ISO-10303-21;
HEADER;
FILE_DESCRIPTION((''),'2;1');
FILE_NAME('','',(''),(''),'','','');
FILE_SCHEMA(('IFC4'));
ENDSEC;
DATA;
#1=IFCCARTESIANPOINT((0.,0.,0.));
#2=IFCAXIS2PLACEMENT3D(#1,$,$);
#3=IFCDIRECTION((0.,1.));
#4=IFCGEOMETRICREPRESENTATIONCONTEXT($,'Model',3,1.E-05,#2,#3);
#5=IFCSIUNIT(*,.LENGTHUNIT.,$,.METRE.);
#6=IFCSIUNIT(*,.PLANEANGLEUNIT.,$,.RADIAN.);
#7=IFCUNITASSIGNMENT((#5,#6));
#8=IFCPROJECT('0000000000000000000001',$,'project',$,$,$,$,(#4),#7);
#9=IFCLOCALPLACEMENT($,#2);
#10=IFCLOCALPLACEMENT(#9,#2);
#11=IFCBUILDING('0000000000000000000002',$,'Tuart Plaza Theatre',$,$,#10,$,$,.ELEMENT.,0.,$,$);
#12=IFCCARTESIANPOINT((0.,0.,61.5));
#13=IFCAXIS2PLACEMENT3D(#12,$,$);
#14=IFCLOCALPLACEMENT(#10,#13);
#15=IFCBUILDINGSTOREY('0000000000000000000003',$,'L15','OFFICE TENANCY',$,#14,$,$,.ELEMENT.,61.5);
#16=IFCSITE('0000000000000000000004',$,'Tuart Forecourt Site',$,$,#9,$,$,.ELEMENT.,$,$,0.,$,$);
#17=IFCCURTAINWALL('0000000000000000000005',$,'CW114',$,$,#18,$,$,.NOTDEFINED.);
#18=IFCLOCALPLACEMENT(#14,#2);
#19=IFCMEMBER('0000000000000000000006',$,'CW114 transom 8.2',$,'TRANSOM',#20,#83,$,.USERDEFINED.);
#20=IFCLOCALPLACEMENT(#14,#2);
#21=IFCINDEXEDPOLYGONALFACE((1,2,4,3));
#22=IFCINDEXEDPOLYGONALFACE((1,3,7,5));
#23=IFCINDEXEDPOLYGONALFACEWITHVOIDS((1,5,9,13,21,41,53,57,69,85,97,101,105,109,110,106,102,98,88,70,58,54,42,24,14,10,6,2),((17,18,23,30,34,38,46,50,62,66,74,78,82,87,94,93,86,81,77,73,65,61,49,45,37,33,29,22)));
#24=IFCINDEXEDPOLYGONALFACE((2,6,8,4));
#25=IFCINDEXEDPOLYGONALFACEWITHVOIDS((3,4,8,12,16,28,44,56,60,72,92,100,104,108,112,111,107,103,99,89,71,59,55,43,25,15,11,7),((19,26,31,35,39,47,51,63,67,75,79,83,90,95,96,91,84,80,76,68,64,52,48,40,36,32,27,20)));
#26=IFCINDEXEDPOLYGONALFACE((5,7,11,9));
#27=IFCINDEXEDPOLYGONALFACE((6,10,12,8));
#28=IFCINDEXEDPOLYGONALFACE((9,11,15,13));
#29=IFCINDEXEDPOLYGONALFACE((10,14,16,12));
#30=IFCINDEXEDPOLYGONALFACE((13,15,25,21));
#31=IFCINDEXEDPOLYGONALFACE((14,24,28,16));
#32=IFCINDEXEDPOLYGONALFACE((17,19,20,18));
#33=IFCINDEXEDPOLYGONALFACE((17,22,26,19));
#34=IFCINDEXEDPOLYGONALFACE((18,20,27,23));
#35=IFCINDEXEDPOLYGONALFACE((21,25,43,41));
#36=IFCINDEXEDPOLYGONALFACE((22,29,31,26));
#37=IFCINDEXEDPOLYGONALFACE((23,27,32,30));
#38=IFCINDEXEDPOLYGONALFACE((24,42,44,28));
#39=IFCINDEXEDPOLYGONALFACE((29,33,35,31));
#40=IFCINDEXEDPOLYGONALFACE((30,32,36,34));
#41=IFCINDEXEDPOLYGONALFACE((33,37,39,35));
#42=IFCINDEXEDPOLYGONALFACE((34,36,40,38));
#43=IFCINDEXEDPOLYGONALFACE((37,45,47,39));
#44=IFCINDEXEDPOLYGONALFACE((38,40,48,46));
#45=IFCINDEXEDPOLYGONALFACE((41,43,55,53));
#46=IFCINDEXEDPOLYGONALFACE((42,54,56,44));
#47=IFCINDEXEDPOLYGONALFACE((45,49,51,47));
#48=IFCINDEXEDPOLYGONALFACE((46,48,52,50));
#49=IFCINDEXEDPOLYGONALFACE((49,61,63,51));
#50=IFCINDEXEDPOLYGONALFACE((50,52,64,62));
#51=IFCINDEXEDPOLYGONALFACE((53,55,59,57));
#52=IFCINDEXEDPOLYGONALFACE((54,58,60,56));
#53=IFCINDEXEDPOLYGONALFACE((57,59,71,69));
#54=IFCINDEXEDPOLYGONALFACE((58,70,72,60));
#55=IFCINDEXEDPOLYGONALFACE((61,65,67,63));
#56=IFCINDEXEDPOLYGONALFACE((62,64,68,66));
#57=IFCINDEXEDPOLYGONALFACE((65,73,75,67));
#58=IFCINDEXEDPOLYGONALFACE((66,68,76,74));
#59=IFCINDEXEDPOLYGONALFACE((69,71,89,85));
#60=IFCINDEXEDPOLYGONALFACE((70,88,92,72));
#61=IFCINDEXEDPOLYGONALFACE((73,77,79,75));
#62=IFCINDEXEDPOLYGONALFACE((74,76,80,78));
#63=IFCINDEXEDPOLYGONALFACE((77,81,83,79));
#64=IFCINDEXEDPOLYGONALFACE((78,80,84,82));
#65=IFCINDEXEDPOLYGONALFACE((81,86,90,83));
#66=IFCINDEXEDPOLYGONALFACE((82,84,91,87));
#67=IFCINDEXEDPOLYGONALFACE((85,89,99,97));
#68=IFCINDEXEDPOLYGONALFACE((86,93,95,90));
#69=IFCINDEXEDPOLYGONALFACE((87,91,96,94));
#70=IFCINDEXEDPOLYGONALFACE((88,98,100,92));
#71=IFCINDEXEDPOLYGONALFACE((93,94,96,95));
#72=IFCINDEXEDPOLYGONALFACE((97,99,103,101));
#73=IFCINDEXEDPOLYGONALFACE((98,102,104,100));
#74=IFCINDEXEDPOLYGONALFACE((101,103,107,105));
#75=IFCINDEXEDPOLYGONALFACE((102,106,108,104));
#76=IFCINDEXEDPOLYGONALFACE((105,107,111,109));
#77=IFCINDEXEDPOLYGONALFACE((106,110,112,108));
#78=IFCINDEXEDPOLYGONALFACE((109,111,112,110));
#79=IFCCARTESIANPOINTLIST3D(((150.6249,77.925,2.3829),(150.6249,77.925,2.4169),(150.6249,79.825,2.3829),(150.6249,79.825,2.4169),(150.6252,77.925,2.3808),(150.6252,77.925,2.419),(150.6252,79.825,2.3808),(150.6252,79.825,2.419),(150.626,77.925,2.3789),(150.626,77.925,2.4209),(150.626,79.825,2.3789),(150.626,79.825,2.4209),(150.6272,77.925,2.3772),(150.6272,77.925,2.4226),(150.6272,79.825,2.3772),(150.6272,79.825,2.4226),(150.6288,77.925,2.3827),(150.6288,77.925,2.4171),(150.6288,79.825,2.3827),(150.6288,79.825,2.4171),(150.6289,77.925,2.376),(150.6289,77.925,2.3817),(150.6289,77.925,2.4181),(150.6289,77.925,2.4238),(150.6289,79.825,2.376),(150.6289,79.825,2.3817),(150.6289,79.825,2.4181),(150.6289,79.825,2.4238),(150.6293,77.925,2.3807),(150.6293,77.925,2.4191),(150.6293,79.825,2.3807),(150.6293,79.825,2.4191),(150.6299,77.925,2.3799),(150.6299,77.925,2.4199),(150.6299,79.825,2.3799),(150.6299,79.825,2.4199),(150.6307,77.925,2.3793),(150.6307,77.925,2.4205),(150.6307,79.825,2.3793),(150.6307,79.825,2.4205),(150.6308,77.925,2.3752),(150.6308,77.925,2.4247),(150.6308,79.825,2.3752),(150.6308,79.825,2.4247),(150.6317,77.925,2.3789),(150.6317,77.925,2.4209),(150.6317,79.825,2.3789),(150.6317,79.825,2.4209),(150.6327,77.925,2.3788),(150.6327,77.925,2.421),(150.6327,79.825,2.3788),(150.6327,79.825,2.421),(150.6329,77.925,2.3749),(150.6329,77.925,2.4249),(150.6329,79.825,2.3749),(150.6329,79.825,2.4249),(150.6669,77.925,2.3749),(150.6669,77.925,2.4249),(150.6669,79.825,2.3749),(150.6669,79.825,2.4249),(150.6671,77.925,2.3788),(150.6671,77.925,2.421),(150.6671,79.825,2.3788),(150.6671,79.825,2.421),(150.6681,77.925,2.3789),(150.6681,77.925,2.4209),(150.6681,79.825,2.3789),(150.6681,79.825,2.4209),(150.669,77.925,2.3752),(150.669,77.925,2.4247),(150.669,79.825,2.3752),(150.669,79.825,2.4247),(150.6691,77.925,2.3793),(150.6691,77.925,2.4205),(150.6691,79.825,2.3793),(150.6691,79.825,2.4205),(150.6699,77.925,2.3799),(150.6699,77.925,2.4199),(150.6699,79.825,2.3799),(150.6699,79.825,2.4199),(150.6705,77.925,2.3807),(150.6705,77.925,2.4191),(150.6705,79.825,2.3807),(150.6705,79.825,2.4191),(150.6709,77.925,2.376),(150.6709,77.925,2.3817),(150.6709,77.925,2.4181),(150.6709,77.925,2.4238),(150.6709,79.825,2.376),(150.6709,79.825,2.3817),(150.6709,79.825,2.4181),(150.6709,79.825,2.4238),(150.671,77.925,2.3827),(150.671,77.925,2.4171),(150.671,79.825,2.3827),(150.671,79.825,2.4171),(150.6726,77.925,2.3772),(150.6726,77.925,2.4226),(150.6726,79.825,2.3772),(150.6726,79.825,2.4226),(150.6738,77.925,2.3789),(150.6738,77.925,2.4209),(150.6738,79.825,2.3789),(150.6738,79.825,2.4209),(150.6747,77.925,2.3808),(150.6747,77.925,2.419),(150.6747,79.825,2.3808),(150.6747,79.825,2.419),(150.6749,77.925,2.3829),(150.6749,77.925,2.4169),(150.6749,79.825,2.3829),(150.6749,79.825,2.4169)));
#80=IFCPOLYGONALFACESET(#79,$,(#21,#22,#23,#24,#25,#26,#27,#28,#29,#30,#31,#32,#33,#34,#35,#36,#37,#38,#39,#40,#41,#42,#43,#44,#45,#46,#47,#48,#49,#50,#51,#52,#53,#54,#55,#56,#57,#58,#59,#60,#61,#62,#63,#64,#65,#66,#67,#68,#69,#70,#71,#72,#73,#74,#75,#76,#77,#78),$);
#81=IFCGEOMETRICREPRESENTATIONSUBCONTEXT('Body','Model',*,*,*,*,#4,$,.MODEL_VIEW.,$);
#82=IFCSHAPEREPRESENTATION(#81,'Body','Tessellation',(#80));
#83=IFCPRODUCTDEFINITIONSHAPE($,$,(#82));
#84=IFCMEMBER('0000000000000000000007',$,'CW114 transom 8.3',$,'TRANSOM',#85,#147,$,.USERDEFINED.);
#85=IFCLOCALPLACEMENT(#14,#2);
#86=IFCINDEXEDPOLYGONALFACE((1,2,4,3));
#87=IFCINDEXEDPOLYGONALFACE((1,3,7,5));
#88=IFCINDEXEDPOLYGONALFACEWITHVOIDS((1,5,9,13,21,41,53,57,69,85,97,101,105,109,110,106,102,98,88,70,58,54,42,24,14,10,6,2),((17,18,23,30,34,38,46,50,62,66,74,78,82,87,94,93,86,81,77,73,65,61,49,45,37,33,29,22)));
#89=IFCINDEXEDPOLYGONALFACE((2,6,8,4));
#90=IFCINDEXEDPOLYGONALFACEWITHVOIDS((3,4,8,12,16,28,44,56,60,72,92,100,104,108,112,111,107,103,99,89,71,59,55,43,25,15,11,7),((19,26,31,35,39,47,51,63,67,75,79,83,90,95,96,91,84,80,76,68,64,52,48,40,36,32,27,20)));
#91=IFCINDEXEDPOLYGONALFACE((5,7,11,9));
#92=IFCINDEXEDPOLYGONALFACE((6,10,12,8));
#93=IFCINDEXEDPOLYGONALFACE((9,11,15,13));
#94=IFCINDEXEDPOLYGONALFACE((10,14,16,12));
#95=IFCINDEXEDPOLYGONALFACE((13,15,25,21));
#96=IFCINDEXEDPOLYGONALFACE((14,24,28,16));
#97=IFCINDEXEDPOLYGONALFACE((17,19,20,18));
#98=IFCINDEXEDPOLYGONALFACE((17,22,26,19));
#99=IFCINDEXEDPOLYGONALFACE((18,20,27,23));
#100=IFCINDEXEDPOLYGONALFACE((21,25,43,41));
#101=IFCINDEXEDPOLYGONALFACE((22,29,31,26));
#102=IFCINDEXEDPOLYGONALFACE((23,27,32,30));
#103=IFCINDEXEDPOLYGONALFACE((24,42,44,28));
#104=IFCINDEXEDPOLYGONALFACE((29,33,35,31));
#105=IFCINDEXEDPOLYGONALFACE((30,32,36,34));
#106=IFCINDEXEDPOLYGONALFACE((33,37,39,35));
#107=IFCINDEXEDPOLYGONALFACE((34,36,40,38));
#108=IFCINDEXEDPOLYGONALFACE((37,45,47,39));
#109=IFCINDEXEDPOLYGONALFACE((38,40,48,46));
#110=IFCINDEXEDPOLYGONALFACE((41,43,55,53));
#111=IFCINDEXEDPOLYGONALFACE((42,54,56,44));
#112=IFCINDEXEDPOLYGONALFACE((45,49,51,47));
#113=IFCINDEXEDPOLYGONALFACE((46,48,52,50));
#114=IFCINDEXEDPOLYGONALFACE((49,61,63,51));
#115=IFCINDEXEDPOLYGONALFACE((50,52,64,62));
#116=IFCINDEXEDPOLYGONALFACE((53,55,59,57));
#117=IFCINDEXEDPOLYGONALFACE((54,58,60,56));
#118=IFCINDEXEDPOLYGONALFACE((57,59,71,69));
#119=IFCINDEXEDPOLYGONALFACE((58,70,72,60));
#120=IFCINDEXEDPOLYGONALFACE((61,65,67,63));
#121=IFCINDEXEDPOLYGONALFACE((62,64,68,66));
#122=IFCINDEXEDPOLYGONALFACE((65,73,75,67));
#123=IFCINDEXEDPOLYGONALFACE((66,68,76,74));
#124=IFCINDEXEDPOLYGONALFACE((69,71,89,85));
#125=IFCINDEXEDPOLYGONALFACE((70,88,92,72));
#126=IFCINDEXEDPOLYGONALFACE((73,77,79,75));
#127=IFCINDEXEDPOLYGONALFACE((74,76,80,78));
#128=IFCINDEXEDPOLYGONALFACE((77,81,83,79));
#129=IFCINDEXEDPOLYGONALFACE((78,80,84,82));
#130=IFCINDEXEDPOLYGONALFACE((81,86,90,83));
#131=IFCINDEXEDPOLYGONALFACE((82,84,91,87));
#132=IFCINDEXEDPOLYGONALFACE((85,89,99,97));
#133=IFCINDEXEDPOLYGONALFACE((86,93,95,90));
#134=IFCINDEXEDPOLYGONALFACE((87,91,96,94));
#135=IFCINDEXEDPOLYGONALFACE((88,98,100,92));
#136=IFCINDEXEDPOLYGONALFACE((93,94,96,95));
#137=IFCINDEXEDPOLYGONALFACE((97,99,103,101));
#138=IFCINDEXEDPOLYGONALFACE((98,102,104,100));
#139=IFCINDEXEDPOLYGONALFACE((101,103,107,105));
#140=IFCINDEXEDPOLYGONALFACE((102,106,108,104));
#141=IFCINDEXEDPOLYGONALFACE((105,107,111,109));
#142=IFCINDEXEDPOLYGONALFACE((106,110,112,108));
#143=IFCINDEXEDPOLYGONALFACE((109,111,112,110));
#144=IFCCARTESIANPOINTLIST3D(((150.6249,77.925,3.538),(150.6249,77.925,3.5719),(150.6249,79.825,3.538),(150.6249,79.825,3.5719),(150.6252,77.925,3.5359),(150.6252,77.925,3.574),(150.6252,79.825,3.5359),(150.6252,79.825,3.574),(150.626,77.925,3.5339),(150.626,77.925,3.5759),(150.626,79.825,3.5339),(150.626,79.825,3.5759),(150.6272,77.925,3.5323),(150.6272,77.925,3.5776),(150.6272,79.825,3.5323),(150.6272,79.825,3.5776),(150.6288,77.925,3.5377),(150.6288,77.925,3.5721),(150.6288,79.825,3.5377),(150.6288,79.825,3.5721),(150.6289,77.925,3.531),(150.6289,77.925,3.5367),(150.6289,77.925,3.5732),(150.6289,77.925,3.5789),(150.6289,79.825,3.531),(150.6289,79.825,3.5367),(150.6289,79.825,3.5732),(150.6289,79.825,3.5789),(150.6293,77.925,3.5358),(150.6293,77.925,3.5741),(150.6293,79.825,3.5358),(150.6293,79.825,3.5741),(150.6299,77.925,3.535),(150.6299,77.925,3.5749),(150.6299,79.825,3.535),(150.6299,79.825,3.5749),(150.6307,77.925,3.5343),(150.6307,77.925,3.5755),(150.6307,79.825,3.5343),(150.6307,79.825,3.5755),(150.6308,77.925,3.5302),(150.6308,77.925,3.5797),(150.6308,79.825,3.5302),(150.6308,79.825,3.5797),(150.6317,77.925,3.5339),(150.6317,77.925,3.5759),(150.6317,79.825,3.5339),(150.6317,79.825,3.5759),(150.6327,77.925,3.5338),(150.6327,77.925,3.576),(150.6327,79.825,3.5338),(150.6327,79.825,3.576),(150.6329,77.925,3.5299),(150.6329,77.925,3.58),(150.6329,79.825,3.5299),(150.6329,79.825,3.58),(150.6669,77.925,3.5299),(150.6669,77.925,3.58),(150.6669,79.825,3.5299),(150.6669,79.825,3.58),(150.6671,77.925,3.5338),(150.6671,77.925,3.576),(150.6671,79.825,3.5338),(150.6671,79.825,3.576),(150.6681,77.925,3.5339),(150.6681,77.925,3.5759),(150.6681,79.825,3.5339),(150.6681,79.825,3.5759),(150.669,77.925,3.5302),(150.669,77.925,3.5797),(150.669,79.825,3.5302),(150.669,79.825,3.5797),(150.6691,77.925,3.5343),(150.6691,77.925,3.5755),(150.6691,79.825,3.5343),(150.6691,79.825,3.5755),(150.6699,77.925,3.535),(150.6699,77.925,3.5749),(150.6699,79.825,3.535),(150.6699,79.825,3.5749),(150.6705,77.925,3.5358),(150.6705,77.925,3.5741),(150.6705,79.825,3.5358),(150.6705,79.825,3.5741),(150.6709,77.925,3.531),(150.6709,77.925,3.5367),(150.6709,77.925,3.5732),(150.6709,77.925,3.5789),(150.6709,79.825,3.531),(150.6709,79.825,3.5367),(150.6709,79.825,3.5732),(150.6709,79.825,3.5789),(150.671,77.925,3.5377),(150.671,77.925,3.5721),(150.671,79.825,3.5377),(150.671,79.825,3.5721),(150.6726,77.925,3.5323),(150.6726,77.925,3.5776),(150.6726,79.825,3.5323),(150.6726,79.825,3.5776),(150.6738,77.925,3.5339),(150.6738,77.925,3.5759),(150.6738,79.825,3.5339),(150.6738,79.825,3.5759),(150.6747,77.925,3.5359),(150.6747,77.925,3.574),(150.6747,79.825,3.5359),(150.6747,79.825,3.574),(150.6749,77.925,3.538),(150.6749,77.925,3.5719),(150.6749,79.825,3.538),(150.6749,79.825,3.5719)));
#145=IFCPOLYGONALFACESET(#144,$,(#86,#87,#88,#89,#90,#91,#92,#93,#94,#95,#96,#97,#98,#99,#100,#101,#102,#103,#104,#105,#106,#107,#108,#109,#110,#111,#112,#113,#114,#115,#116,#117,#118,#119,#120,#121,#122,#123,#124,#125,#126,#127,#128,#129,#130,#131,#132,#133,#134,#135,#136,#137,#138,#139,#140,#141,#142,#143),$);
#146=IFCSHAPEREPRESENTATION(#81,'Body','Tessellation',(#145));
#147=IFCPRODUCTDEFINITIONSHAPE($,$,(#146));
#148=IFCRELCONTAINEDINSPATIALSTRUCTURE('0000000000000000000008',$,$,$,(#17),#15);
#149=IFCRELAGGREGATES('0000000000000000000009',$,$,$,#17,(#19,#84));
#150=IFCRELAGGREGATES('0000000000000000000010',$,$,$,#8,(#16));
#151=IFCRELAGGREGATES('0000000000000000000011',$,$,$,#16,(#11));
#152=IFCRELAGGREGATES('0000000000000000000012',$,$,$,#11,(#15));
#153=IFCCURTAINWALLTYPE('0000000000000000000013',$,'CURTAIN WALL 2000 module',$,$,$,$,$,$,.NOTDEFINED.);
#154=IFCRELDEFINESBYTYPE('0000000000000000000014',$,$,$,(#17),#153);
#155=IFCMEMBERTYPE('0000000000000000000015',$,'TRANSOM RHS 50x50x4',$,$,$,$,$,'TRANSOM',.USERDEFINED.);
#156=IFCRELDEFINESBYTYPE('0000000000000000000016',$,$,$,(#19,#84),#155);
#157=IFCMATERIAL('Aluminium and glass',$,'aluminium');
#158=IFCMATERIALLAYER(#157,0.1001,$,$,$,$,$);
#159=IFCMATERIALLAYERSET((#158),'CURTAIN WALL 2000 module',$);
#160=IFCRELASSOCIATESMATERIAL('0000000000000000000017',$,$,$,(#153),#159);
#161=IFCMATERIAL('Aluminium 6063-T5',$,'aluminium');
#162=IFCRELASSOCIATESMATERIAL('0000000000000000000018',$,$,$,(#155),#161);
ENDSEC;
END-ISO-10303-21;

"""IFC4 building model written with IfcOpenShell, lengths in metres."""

from ifc_helpers import new_model, si_unit, direction, frame, origin, origin_2d, place, context, subcontext, project, spatial, hollow_rectangle, extrude, material, layer, layer_set, material_profile, profile_set, type_object, element, aggregate, save


model = new_model("IFC4")

# Units and contexts
model_context = context("Model", 3, precision=1e-05, world=origin(), true_north=direction((0.0, 1.0)))
body_context = subcontext(model_context, "Body", "Model", "MODEL_VIEW")
ifc_project = project(units=[si_unit("LENGTHUNIT", "METRE"), si_unit("PLANEANGLEUNIT", "RADIAN")], contexts=[model_context])

# Site, building, storey
site_placement = place(None, origin())
site = spatial("IfcSite", under=ifc_project, at=site_placement, Name="Tuart Forecourt Site", CompositionType="ELEMENT", RefElevation=0.0)
building_placement = place(site_placement, origin())
building = spatial("IfcBuilding", under=site, at=building_placement, Name="Tuart Plaza Theatre", CompositionType="ELEMENT", ElevationOfRefHeight=0.0)
storey_placement = place(building_placement, frame((0.0, 0.0, 61.5)))
storey = spatial("IfcBuildingStorey", under=building, at=storey_placement, Name="L15", Description="OFFICE TENANCY", CompositionType="ELEMENT", Elevation=61.5)

# Curtain wall, members
ifc_material_1 = material(Name="Aluminium and glass", Category="aluminium")
ifc_layer_1 = layer(ifc_material_1, 0.1001)
ifc_layer_set_1 = layer_set([ifc_layer_1], Name="CURTAIN WALL 2000 module")
curtain_wall_type = type_object("IfcCurtainWallType", Name="CURTAIN WALL 2000 module", PredefinedType="NOTDEFINED", material=ifc_layer_set_1)
curtain_wall_placement = place(storey_placement, origin())
curtain_wall = element("IfcCurtainWall", 1, at=curtain_wall_placement, inside=storey, type_object=curtain_wall_type, Name="CW114", PredefinedType="NOTDEFINED")
ifc_material_2 = material(Name="Aluminium 6063-T5", Category="aluminium")
ifc_material_profile_1 = material_profile(ifc_material_2, hollow_rectangle(XDim=0.05, YDim=0.05, WallThickness=0.0039, InnerFilletRadius=0.0039, OuterFilletRadius=0.0081, at=origin_2d()), Name="RHS 50x50x4")
ifc_profile_set_1 = profile_set([ifc_material_profile_1], Name="Aluminium 6063-T5")
member_type_1 = type_object("IfcMemberType", Name="TRANSOM RHS 50x50x4", ElementType="TRANSOM", PredefinedType="USERDEFINED", material=ifc_profile_set_1)
member_1_placement = place(storey_placement, frame((150.6499, 77.925, 2.3999), z_axis=(0.0, 1.0, 0.0), x_axis=(-1.0, 0.0, 0.0)))
member_1 = element("IfcMember", 2, at=member_1_placement, type_object=member_type_1, Name="CW114 transom 8.2", ObjectType="TRANSOM", PredefinedType="USERDEFINED", context=body_context, shape_type="SweptSolid", body=[
    extrude(hollow_rectangle(XDim=0.05, YDim=0.05, WallThickness=0.0039, InnerFilletRadius=0.0039, OuterFilletRadius=0.0081, at=origin_2d()), origin(), (0.0, 0.0, 1.0), 1.8999),
])
member_2_placement = place(storey_placement, frame((150.6499, 77.925, 3.5549), z_axis=(0.0, 1.0, 0.0), x_axis=(-1.0, 0.0, 0.0)))
member_2 = element("IfcMember", 3, at=member_2_placement, type_object=member_type_1, Name="CW114 transom 8.3", ObjectType="TRANSOM", PredefinedType="USERDEFINED", context=body_context, shape_type="SweptSolid", body=[
    extrude(hollow_rectangle(XDim=0.05, YDim=0.05, WallThickness=0.0039, InnerFilletRadius=0.0039, OuterFilletRadius=0.0081, at=origin_2d()), origin(), (0.0, 0.0, 1.0), 1.8999),
])
aggregate(curtain_wall, [member_1, member_2])

save(model, "model.ifc")
